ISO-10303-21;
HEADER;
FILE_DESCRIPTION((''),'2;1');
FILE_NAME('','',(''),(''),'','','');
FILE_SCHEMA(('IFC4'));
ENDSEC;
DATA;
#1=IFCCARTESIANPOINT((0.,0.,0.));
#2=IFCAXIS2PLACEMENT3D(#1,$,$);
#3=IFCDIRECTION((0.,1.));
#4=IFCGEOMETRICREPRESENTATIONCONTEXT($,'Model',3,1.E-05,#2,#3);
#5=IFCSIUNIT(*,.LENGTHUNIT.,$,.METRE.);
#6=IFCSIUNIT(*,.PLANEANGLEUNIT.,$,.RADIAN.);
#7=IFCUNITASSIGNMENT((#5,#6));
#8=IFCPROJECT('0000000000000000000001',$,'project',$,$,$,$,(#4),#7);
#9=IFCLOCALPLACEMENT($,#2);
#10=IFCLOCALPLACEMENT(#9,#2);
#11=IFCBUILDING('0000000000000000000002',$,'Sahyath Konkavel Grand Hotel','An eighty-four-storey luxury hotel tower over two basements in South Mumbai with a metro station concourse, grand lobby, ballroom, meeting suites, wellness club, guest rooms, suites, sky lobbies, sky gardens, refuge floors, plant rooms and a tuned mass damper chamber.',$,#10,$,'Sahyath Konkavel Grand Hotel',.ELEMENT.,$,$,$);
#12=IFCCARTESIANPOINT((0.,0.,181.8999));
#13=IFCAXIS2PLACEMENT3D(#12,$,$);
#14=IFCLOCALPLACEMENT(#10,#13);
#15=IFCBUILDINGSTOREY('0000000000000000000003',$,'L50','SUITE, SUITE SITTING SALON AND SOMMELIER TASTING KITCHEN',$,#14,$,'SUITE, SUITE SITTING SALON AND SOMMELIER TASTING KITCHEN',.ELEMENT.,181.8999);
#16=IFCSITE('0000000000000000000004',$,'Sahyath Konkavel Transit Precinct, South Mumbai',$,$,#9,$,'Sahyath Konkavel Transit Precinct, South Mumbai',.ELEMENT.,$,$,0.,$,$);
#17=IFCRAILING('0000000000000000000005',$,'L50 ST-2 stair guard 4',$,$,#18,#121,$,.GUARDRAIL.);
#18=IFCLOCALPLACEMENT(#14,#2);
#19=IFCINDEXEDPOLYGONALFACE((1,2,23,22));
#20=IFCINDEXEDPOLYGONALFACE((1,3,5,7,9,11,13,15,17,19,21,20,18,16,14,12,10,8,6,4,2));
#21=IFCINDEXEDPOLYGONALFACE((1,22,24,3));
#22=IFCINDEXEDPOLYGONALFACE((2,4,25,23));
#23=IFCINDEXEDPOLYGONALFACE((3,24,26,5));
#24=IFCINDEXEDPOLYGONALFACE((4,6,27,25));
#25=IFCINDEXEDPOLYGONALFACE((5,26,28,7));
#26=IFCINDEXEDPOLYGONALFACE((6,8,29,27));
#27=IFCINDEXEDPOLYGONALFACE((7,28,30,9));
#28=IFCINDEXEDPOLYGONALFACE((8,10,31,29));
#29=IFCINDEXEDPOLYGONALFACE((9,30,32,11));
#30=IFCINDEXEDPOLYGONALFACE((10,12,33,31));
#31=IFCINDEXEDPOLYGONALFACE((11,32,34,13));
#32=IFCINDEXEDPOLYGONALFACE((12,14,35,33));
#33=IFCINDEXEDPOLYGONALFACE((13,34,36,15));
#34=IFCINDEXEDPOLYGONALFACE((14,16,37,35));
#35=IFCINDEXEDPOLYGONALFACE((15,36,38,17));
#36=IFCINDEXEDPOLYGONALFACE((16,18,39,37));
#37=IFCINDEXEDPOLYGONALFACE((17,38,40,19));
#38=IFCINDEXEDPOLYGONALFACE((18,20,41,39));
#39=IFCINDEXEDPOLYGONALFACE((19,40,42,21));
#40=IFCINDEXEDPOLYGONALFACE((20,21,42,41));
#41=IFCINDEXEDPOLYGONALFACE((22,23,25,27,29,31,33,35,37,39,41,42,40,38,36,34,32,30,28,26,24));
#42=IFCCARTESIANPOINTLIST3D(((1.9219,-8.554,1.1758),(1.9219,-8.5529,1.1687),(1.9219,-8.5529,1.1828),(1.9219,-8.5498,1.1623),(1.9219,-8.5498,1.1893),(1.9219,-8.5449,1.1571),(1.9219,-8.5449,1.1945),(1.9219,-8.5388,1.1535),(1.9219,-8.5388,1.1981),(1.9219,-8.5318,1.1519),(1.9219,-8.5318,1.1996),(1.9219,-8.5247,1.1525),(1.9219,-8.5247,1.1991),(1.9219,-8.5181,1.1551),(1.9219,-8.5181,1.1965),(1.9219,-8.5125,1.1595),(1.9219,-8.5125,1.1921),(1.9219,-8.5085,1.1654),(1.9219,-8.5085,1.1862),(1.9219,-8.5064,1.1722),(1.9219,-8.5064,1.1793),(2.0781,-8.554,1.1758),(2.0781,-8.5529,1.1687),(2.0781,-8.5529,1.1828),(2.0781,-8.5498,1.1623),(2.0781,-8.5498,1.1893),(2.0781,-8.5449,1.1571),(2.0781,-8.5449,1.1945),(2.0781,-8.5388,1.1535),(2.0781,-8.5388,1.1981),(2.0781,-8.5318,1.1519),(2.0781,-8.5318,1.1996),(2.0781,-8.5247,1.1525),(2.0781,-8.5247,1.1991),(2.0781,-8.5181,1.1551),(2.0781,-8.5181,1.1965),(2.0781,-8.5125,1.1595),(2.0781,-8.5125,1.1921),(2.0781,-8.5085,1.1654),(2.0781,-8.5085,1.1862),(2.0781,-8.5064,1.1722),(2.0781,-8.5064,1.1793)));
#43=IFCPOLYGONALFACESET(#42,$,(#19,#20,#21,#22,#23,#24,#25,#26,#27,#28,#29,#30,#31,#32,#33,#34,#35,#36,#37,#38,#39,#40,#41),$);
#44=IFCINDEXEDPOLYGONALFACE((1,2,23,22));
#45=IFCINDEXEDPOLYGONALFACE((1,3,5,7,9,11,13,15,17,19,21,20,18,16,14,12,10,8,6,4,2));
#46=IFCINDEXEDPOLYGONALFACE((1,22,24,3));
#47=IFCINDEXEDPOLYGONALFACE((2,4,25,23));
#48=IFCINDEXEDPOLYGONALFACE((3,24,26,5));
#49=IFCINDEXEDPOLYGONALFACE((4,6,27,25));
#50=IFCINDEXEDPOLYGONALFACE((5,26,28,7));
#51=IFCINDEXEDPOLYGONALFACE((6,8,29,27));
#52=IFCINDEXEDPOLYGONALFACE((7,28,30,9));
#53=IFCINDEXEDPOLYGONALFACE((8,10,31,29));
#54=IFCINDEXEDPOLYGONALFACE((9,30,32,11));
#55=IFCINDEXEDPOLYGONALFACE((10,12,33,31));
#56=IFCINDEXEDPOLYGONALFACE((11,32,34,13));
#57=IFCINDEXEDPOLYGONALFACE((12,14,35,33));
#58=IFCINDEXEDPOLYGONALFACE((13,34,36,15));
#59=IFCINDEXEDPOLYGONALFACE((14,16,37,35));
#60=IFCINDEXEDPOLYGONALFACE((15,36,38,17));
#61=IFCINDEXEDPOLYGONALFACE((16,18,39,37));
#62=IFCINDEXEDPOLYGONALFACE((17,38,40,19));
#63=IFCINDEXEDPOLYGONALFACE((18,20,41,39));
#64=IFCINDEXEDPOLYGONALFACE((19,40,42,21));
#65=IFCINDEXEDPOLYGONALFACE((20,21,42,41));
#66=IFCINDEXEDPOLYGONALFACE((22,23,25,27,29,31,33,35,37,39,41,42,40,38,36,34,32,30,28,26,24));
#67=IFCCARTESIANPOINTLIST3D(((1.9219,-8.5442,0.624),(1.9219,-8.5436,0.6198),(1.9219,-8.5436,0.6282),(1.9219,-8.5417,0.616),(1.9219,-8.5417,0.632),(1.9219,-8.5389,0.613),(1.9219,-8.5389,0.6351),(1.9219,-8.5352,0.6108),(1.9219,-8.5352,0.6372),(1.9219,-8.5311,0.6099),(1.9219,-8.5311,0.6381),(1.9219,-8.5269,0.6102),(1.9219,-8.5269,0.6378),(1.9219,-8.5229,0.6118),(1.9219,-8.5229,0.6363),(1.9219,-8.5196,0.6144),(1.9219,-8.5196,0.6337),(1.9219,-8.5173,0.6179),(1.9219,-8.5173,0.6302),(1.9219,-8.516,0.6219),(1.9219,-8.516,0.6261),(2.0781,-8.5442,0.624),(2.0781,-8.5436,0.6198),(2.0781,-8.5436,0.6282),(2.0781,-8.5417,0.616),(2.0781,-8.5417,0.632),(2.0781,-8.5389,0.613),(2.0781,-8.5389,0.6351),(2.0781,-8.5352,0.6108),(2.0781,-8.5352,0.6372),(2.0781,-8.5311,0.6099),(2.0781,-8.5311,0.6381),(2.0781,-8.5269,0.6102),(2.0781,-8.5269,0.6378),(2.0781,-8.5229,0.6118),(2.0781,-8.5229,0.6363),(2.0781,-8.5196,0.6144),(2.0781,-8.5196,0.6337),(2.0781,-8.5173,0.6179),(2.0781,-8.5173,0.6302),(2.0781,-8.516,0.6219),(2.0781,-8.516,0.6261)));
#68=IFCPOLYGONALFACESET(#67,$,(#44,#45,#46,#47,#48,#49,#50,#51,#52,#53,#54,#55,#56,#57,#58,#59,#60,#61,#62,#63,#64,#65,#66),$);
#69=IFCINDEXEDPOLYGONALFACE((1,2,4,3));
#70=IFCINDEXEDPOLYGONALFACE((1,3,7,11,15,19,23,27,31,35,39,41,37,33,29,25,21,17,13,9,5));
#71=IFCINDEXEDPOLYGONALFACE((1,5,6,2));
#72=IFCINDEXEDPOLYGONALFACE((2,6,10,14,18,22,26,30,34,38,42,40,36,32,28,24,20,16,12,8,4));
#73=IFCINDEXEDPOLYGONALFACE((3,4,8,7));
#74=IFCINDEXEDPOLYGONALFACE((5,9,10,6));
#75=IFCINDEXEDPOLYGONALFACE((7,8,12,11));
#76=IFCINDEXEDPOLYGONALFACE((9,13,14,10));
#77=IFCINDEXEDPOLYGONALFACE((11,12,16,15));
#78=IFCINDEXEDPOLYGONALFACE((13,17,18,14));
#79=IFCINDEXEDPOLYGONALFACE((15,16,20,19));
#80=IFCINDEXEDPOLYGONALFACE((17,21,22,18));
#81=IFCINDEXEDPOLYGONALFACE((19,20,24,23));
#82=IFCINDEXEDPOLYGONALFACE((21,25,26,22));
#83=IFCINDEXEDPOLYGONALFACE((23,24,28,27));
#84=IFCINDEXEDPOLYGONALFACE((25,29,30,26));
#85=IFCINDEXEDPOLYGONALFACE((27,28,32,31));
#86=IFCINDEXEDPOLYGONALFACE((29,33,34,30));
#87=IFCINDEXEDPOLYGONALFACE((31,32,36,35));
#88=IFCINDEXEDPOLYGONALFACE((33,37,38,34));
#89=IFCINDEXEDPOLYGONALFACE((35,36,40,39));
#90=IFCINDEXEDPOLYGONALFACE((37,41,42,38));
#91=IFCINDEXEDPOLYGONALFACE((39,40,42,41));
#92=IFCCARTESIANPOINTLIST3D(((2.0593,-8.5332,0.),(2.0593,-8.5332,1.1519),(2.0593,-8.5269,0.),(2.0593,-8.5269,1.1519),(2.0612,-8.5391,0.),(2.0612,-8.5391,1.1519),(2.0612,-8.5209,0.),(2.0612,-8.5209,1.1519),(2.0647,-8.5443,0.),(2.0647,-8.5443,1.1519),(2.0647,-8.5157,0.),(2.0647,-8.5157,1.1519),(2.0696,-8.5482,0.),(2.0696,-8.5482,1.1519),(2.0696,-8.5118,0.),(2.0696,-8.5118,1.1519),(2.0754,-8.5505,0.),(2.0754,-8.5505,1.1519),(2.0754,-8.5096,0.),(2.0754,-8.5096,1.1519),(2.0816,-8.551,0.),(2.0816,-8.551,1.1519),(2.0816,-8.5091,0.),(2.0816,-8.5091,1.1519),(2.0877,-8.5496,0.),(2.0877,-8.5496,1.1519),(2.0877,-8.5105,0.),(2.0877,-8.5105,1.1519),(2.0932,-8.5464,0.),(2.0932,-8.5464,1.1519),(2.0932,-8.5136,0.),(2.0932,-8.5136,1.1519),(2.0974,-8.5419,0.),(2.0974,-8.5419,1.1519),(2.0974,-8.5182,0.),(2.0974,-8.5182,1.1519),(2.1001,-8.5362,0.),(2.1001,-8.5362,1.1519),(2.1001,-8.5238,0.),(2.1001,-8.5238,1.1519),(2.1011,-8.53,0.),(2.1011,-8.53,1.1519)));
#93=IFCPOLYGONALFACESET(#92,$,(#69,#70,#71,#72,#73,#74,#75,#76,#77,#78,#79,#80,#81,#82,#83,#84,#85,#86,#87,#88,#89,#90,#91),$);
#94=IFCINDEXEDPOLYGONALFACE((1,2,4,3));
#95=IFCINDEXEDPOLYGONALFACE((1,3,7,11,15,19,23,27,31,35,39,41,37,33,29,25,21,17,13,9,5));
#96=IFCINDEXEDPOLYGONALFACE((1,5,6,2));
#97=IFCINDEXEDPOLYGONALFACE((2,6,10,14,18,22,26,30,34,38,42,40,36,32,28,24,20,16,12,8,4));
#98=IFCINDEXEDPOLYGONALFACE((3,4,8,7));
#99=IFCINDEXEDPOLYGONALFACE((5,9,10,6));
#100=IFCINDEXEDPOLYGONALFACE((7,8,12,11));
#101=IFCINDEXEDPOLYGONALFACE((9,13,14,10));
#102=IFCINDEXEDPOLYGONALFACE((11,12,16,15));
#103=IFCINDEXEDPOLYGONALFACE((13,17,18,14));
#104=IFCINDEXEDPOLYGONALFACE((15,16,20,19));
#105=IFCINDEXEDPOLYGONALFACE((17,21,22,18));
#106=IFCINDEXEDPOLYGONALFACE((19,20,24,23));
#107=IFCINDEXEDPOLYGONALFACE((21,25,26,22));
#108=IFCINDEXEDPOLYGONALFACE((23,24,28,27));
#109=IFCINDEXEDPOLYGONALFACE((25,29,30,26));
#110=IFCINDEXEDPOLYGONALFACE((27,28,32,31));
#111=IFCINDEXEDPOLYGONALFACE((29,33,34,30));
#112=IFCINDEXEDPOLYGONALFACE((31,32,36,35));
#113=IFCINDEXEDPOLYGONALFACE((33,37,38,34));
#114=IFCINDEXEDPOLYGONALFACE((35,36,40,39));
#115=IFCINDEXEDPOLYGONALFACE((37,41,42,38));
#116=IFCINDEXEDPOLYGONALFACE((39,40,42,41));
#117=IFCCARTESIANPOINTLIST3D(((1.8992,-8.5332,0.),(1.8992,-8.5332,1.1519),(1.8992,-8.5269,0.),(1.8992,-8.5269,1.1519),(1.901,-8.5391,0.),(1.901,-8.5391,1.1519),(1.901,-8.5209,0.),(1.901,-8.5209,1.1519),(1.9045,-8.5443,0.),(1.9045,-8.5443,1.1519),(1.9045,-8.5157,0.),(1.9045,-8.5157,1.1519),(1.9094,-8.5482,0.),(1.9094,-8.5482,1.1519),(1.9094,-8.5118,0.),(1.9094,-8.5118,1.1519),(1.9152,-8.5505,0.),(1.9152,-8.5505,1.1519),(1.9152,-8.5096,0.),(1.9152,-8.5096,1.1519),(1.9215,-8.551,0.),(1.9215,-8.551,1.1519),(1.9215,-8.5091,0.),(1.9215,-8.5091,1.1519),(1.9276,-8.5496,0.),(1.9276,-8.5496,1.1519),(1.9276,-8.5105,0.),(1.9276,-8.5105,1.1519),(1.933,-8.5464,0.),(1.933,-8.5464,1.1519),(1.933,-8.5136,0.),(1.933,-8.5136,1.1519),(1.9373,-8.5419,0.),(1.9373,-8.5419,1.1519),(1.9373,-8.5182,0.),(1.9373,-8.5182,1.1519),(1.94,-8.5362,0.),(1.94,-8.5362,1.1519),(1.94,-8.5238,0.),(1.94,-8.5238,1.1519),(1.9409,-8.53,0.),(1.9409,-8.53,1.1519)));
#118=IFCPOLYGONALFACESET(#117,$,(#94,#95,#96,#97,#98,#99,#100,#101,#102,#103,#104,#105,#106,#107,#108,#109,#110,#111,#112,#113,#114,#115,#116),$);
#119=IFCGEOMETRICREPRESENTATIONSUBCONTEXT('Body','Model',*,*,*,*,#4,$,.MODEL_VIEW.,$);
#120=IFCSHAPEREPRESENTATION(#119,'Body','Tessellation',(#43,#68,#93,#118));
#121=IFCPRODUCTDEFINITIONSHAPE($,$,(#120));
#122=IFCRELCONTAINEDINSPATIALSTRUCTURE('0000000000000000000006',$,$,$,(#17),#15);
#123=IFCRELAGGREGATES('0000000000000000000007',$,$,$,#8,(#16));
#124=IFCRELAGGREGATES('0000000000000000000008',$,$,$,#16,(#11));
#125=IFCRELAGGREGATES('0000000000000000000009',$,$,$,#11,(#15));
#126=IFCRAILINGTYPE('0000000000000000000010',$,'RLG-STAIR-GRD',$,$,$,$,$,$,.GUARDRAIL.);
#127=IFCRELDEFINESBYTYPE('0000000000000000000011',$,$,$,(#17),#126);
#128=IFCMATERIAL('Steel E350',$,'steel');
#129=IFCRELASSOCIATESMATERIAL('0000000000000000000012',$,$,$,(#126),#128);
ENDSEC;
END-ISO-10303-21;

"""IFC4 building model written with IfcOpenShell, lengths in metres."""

from ifc_helpers import new_model, si_unit, direction, frame, origin, origin_2d, place, context, subcontext, project, spatial, circle, extrude, material, type_object, element, save


model = new_model("IFC4")

# Units and contexts
model_context = context("Model", 3, precision=1e-05, world=origin(), true_north=direction((0.0, 1.0)))
body_context = subcontext(model_context, "Body", "Model", "MODEL_VIEW")
ifc_project = project(units=[si_unit("LENGTHUNIT", "METRE"), si_unit("PLANEANGLEUNIT", "RADIAN")], contexts=[model_context])

# Site, building, storey
site_placement = place(None, origin())
site = spatial("IfcSite", under=ifc_project, at=site_placement, Name="Sahyath Konkavel Transit Precinct, South Mumbai", LongName="Sahyath Konkavel Transit Precinct, South Mumbai", CompositionType="ELEMENT", RefElevation=0.0)
building_placement = place(site_placement, origin())
building = spatial("IfcBuilding", under=site, at=building_placement, Name="Sahyath Konkavel Grand Hotel", Description="An eighty-four-storey luxury hotel tower over two basements in South Mumbai with a metro station concourse, grand lobby, ballroom, meeting suites, wellness club, guest rooms, suites, sky lobbies, sky gardens, refuge floors, plant rooms and a tuned mass damper chamber.", LongName="Sahyath Konkavel Grand Hotel", CompositionType="ELEMENT")
storey_placement = place(building_placement, frame((0.0, 0.0, 181.8999)))
storey = spatial("IfcBuildingStorey", under=building, at=storey_placement, Name="L50", Description="SUITE, SUITE SITTING SALON AND SOMMELIER TASTING KITCHEN", LongName="SUITE, SUITE SITTING SALON AND SOMMELIER TASTING KITCHEN", CompositionType="ELEMENT", Elevation=181.8999)

# Shared definitions
ifc_material_1 = material(Name="Steel E350", Category="steel")

# Railing
railing_type_1 = type_object("IfcRailingType", Name="RLG-STAIR-GRD", PredefinedType="GUARDRAIL", material=ifc_material_1)
railing_1_placement = place(storey_placement, frame((2.0801, -8.53, 0.0)))
element("IfcRailing", 1, at=railing_1_placement, inside=storey, type_object=railing_type_1, Name="L50 ST-2 stair guard 4", PredefinedType="GUARDRAIL", context=body_context, shape_type="SweptSolid", body=[
    extrude(circle(Radius=0.0239, at=origin_2d()), frame((-0.002, 0.0, 1.1758), z_axis=(-1.0, 0.0, 0.0), x_axis=(0.0, -1.0, 0.0)), (0.0, 0.0, 1.0), 0.1562),
    extrude(circle(Radius=0.0142, at=origin_2d()), frame((-0.002, 0.0, 0.624), z_axis=(-1.0, 0.0, 0.0), x_axis=(0.0, -1.0, 0.0)), (0.0, 0.0, 1.0), 0.1562),
    extrude(circle(Radius=0.021, at=origin_2d()), origin(), (0.0, 0.0, 1.0), 1.1519),
    extrude(circle(Radius=0.021, at=origin_2d()), frame((-0.1602, 0.0, 0.0)), (0.0, 0.0, 1.0), 1.1519),
])

save(model, "model.ifc")
